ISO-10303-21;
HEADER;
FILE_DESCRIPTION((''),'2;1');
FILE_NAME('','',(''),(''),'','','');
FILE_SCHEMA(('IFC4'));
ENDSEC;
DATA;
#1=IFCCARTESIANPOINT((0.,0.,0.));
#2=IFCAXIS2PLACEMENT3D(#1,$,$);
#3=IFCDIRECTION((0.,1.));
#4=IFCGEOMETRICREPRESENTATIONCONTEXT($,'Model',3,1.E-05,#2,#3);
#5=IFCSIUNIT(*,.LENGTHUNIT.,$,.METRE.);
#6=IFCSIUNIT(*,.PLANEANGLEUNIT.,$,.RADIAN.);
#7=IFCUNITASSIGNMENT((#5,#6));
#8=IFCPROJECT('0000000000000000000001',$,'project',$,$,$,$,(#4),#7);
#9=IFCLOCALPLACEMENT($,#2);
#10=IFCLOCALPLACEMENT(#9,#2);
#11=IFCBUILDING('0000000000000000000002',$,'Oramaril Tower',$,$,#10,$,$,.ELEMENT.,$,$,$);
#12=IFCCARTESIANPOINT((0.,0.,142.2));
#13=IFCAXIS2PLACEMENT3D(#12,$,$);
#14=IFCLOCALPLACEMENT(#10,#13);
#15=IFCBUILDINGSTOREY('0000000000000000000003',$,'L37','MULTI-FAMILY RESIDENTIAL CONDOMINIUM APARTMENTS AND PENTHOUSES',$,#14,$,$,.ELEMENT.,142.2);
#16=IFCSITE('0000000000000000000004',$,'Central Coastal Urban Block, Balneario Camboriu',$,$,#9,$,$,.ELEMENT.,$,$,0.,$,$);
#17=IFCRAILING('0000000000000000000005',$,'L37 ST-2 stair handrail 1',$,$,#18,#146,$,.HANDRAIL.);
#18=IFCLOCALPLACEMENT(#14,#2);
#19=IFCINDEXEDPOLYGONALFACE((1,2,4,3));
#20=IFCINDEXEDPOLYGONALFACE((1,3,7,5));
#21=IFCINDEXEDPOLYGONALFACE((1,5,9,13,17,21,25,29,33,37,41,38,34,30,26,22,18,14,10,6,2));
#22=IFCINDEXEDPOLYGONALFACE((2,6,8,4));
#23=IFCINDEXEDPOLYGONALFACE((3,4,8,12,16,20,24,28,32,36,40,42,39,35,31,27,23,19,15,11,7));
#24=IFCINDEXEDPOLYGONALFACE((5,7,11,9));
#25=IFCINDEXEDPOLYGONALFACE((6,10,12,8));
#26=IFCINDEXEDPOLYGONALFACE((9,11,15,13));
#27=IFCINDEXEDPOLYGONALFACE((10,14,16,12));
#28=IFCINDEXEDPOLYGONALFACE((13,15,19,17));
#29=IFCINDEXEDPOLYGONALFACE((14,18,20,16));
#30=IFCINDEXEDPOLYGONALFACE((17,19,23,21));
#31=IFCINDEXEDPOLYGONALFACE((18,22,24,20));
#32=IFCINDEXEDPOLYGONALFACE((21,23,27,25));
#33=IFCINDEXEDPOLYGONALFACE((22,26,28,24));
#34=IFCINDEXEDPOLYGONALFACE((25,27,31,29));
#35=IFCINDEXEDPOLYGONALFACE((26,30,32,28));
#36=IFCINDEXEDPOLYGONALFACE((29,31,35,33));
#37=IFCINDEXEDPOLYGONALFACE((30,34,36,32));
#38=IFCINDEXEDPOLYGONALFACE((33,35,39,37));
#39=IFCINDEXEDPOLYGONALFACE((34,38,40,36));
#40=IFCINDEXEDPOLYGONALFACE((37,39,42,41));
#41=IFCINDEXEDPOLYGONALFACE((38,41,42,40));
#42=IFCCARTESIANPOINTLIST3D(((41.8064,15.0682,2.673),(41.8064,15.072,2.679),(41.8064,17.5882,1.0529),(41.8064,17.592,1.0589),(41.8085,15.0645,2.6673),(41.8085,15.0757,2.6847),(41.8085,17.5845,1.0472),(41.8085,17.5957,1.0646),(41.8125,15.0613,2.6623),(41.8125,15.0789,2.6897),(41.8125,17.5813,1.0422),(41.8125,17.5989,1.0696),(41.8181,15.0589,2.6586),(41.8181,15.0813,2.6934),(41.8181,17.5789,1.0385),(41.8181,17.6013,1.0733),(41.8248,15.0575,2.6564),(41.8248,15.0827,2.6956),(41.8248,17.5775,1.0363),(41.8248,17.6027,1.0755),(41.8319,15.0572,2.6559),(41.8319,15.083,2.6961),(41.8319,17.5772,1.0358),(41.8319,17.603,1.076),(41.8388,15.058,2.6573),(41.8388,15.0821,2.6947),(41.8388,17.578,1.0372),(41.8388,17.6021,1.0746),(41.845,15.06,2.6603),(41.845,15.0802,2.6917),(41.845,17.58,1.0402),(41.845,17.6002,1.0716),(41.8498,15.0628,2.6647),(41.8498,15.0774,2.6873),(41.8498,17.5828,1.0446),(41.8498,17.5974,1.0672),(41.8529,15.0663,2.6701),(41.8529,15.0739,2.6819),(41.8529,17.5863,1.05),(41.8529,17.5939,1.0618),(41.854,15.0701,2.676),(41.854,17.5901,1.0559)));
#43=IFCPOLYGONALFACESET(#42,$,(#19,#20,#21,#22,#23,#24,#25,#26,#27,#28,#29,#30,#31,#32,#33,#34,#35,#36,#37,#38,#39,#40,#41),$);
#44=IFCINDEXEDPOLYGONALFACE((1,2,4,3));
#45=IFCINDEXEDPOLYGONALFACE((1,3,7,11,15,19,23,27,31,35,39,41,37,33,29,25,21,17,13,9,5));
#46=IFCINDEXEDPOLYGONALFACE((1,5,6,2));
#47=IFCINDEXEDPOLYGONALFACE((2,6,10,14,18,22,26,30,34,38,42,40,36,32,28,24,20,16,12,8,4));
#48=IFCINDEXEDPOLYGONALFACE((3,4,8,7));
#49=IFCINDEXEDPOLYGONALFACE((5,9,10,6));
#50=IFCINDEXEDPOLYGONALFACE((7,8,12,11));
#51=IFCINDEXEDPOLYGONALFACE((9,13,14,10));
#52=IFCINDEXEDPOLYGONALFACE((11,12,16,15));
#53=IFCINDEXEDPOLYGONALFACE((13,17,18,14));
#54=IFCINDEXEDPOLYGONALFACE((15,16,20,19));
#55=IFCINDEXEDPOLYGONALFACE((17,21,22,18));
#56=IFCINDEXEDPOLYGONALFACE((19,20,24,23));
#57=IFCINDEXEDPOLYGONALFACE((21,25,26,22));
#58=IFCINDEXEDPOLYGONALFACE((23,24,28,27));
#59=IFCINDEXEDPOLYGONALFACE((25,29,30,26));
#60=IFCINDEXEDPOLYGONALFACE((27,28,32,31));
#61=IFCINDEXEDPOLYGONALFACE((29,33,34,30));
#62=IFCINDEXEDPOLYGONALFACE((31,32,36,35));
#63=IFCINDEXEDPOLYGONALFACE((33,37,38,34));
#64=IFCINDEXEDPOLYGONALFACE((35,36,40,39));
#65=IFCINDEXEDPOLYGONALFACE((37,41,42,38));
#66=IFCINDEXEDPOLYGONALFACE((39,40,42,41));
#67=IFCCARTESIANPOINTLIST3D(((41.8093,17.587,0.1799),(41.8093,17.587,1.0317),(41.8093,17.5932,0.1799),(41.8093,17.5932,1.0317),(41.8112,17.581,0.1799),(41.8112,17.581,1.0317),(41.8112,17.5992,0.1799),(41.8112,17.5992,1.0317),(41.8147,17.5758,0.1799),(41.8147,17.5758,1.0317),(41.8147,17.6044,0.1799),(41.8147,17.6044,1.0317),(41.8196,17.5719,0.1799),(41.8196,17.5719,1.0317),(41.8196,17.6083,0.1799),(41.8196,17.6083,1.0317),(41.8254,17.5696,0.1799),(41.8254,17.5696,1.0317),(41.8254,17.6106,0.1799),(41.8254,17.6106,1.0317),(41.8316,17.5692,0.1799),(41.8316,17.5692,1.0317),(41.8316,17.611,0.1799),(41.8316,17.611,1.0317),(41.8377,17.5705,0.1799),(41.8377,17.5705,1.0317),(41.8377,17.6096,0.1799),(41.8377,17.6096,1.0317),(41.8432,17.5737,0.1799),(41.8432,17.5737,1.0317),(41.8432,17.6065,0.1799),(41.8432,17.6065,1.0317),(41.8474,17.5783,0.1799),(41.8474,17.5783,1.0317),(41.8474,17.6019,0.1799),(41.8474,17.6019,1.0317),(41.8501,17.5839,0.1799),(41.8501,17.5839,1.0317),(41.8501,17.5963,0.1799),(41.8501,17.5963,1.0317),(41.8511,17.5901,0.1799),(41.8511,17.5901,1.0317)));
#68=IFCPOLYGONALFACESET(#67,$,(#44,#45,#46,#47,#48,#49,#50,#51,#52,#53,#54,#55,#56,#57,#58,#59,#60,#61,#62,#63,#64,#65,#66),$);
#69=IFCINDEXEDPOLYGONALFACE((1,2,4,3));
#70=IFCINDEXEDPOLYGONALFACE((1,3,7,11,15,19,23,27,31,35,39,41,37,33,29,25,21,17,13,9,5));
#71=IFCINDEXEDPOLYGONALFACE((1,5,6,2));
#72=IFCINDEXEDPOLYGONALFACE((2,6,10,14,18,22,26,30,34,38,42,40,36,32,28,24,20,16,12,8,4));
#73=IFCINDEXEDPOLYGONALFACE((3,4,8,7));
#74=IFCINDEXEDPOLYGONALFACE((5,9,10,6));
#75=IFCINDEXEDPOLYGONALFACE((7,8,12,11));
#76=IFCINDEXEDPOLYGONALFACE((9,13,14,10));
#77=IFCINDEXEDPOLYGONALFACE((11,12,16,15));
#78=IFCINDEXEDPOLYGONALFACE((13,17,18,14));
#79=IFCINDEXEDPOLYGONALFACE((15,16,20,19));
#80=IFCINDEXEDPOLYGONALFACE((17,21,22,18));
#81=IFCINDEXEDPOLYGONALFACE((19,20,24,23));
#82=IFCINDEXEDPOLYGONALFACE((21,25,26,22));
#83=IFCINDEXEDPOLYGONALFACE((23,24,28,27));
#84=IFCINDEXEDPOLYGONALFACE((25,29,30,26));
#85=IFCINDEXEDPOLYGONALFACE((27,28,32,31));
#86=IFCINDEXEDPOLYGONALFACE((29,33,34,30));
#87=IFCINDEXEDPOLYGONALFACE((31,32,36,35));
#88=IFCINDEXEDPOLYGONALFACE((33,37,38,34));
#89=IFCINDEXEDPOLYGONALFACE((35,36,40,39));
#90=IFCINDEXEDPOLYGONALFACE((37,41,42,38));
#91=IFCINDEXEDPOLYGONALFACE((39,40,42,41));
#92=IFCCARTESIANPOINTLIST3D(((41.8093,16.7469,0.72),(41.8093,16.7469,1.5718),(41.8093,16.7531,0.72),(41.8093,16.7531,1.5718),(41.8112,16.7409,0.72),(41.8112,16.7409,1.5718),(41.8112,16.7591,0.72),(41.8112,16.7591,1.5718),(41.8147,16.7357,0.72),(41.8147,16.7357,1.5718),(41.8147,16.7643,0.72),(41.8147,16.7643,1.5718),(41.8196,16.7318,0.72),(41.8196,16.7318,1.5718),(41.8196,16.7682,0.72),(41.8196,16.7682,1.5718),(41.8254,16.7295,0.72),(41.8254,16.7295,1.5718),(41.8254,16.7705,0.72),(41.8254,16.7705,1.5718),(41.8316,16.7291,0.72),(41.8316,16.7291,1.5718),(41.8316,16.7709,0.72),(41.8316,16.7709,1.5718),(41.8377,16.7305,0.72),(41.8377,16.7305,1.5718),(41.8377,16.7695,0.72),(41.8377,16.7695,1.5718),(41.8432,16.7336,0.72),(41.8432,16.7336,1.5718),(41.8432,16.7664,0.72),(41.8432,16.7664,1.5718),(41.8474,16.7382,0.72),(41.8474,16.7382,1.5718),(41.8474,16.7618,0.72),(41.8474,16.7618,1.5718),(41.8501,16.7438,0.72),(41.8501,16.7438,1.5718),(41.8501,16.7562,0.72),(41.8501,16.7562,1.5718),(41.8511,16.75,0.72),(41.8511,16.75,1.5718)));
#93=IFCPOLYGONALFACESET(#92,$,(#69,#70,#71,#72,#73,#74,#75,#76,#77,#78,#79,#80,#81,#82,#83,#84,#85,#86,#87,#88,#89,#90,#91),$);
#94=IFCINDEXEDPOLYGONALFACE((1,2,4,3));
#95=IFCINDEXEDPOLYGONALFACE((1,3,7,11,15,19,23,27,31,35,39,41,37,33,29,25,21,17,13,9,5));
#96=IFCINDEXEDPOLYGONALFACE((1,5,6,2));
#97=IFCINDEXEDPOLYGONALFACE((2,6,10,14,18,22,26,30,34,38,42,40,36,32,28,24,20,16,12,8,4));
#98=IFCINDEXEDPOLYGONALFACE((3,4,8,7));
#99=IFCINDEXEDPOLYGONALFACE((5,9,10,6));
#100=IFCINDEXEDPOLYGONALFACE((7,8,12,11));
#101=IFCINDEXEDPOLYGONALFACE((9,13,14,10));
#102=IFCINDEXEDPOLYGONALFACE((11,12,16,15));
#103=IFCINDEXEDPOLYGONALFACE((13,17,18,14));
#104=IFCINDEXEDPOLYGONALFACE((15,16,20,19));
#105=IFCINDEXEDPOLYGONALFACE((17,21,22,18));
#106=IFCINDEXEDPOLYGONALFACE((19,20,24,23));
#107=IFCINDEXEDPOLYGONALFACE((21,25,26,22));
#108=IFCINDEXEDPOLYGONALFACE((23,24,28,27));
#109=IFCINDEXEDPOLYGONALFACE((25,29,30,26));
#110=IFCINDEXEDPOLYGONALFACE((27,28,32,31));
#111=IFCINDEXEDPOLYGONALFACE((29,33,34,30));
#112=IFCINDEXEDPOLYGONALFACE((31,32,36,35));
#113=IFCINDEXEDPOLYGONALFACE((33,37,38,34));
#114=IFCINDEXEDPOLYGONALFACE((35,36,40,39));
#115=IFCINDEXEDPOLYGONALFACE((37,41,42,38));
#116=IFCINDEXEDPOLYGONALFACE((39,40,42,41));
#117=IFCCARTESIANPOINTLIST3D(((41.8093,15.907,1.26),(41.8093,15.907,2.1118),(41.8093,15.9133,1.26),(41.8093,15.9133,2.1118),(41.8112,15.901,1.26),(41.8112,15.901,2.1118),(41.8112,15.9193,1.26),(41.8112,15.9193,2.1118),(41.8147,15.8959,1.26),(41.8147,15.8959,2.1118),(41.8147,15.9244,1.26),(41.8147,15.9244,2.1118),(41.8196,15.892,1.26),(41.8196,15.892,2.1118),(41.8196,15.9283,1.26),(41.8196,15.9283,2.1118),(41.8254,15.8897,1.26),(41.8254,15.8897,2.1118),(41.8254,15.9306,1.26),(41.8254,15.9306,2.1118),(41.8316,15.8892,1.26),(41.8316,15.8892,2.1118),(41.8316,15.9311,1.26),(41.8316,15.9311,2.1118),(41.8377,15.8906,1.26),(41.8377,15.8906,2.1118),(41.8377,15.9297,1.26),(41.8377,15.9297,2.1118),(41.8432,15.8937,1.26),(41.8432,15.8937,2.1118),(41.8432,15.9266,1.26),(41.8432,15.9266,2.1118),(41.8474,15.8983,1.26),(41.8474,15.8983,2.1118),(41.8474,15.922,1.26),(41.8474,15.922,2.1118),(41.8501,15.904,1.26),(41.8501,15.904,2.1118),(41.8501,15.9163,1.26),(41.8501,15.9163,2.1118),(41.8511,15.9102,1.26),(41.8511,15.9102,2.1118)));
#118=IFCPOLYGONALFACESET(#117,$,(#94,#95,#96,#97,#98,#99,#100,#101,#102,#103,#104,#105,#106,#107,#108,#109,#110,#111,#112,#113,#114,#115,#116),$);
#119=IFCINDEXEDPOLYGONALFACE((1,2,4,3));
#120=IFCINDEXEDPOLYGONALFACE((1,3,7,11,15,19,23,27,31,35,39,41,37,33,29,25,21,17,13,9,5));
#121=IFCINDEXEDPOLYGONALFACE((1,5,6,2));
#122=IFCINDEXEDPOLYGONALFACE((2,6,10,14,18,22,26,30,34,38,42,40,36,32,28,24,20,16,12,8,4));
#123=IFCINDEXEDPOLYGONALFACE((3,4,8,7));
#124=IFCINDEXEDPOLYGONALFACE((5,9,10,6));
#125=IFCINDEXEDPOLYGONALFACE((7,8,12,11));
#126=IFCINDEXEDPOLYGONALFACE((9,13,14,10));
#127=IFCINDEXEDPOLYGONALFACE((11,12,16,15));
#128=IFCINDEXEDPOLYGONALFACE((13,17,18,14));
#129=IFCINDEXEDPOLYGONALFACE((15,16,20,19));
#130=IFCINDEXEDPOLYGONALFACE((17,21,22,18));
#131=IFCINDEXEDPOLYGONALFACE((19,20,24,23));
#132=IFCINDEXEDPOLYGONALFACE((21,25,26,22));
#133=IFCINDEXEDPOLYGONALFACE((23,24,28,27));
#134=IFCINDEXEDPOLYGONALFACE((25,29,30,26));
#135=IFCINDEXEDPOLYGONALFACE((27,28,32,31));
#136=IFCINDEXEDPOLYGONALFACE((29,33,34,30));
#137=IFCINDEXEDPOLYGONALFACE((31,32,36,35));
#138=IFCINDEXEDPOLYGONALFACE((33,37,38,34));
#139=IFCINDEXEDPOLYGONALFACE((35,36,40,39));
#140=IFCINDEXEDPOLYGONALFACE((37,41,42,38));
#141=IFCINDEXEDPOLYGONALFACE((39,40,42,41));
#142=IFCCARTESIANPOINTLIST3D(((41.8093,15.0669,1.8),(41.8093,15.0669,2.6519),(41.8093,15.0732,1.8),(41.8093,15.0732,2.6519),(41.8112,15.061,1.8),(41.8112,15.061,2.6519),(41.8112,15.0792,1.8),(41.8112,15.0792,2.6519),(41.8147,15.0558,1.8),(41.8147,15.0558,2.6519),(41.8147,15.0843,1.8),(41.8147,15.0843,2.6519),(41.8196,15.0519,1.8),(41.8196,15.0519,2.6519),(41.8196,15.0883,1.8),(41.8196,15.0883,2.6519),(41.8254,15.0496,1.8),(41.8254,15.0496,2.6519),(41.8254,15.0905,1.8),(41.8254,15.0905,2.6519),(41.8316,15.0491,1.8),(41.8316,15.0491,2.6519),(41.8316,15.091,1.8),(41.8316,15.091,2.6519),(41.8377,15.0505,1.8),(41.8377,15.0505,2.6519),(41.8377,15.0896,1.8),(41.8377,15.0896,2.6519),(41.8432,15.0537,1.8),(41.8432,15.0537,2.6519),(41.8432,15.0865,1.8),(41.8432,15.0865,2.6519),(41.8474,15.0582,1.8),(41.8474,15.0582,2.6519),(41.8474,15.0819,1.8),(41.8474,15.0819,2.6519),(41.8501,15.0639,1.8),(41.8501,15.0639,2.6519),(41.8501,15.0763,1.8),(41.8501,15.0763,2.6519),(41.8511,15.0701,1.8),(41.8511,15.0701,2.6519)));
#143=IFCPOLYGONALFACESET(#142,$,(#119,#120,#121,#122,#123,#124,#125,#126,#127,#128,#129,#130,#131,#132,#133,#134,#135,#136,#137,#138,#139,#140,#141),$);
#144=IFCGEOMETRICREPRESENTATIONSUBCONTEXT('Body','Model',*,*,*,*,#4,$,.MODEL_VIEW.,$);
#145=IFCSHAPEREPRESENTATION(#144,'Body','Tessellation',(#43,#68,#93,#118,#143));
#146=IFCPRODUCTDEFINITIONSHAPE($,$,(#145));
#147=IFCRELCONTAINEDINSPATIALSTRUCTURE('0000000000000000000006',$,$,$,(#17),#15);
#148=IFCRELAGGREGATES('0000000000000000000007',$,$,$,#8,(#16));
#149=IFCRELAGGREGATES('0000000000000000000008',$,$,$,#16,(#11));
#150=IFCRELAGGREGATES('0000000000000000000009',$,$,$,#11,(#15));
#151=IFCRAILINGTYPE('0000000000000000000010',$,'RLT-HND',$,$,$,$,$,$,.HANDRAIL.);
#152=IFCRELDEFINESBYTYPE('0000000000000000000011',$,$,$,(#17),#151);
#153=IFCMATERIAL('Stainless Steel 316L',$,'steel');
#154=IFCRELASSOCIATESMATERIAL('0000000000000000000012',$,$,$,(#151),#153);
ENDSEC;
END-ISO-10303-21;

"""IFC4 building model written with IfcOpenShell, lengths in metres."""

from ifc_helpers import new_model, si_unit, direction, frame, origin, origin_2d, place, context, subcontext, project, spatial, circle, extrude, material, type_object, element, save


model = new_model("IFC4")

# Units and contexts
model_context = context("Model", 3, precision=1e-05, world=origin(), true_north=direction((0.0, 1.0)))
body_context = subcontext(model_context, "Body", "Model", "MODEL_VIEW")
ifc_project = project(units=[si_unit("LENGTHUNIT", "METRE"), si_unit("PLANEANGLEUNIT", "RADIAN")], contexts=[model_context])

# Site, building, storey
site_placement = place(None, origin())
site = spatial("IfcSite", under=ifc_project, at=site_placement, Name="Central Coastal Urban Block, Balneario Camboriu", CompositionType="ELEMENT", RefElevation=0.0)
building_placement = place(site_placement, origin())
building = spatial("IfcBuilding", under=site, at=building_placement, Name="Oramaril Tower", CompositionType="ELEMENT")
storey_placement = place(building_placement, frame((0.0, 0.0, 142.2)))
storey = spatial("IfcBuildingStorey", under=building, at=storey_placement, Name="L37", Description="MULTI-FAMILY RESIDENTIAL CONDOMINIUM APARTMENTS AND PENTHOUSES", CompositionType="ELEMENT", Elevation=142.2)

# Railing
ifc_material_1 = material(Name="Stainless Steel 316L", Category="steel")
railing_type_1 = type_object("IfcRailingType", Name="RLT-HND", PredefinedType="HANDRAIL", material=ifc_material_1)
railing_1_placement = place(storey_placement, frame((41.8301, 17.5901, 0.1799)))
element("IfcRailing", 1, at=railing_1_placement, inside=storey, type_object=railing_type_1, Name="L37 ST-2 stair handrail 1", PredefinedType="HANDRAIL", context=body_context, shape_type="SweptSolid", body=[
    extrude(circle(Radius=0.0239, at=origin_2d()), frame((0.0, 0.0, 0.876), z_axis=(0.0, -0.841163, 0.540782), x_axis=(1.0, 0.0, 0.0)), (0.0, 0.0, 1.0), 2.9958),
    extrude(circle(Radius=0.021, at=origin_2d()), origin(), (0.0, 0.0, 1.0), 0.8518),
    extrude(circle(Radius=0.021, at=origin_2d()), frame((0.0, -0.8401, 0.54)), (0.0, 0.0, 1.0), 0.8518),
    extrude(circle(Radius=0.021, at=origin_2d()), frame((0.0, -1.6799, 1.0801)), (0.0, 0.0, 1.0), 0.8518),
    extrude(circle(Radius=0.021, at=origin_2d()), frame((0.0, -2.52, 1.6201)), (0.0, 0.0, 1.0), 0.8518),
])

save(model, "model.ifc")
